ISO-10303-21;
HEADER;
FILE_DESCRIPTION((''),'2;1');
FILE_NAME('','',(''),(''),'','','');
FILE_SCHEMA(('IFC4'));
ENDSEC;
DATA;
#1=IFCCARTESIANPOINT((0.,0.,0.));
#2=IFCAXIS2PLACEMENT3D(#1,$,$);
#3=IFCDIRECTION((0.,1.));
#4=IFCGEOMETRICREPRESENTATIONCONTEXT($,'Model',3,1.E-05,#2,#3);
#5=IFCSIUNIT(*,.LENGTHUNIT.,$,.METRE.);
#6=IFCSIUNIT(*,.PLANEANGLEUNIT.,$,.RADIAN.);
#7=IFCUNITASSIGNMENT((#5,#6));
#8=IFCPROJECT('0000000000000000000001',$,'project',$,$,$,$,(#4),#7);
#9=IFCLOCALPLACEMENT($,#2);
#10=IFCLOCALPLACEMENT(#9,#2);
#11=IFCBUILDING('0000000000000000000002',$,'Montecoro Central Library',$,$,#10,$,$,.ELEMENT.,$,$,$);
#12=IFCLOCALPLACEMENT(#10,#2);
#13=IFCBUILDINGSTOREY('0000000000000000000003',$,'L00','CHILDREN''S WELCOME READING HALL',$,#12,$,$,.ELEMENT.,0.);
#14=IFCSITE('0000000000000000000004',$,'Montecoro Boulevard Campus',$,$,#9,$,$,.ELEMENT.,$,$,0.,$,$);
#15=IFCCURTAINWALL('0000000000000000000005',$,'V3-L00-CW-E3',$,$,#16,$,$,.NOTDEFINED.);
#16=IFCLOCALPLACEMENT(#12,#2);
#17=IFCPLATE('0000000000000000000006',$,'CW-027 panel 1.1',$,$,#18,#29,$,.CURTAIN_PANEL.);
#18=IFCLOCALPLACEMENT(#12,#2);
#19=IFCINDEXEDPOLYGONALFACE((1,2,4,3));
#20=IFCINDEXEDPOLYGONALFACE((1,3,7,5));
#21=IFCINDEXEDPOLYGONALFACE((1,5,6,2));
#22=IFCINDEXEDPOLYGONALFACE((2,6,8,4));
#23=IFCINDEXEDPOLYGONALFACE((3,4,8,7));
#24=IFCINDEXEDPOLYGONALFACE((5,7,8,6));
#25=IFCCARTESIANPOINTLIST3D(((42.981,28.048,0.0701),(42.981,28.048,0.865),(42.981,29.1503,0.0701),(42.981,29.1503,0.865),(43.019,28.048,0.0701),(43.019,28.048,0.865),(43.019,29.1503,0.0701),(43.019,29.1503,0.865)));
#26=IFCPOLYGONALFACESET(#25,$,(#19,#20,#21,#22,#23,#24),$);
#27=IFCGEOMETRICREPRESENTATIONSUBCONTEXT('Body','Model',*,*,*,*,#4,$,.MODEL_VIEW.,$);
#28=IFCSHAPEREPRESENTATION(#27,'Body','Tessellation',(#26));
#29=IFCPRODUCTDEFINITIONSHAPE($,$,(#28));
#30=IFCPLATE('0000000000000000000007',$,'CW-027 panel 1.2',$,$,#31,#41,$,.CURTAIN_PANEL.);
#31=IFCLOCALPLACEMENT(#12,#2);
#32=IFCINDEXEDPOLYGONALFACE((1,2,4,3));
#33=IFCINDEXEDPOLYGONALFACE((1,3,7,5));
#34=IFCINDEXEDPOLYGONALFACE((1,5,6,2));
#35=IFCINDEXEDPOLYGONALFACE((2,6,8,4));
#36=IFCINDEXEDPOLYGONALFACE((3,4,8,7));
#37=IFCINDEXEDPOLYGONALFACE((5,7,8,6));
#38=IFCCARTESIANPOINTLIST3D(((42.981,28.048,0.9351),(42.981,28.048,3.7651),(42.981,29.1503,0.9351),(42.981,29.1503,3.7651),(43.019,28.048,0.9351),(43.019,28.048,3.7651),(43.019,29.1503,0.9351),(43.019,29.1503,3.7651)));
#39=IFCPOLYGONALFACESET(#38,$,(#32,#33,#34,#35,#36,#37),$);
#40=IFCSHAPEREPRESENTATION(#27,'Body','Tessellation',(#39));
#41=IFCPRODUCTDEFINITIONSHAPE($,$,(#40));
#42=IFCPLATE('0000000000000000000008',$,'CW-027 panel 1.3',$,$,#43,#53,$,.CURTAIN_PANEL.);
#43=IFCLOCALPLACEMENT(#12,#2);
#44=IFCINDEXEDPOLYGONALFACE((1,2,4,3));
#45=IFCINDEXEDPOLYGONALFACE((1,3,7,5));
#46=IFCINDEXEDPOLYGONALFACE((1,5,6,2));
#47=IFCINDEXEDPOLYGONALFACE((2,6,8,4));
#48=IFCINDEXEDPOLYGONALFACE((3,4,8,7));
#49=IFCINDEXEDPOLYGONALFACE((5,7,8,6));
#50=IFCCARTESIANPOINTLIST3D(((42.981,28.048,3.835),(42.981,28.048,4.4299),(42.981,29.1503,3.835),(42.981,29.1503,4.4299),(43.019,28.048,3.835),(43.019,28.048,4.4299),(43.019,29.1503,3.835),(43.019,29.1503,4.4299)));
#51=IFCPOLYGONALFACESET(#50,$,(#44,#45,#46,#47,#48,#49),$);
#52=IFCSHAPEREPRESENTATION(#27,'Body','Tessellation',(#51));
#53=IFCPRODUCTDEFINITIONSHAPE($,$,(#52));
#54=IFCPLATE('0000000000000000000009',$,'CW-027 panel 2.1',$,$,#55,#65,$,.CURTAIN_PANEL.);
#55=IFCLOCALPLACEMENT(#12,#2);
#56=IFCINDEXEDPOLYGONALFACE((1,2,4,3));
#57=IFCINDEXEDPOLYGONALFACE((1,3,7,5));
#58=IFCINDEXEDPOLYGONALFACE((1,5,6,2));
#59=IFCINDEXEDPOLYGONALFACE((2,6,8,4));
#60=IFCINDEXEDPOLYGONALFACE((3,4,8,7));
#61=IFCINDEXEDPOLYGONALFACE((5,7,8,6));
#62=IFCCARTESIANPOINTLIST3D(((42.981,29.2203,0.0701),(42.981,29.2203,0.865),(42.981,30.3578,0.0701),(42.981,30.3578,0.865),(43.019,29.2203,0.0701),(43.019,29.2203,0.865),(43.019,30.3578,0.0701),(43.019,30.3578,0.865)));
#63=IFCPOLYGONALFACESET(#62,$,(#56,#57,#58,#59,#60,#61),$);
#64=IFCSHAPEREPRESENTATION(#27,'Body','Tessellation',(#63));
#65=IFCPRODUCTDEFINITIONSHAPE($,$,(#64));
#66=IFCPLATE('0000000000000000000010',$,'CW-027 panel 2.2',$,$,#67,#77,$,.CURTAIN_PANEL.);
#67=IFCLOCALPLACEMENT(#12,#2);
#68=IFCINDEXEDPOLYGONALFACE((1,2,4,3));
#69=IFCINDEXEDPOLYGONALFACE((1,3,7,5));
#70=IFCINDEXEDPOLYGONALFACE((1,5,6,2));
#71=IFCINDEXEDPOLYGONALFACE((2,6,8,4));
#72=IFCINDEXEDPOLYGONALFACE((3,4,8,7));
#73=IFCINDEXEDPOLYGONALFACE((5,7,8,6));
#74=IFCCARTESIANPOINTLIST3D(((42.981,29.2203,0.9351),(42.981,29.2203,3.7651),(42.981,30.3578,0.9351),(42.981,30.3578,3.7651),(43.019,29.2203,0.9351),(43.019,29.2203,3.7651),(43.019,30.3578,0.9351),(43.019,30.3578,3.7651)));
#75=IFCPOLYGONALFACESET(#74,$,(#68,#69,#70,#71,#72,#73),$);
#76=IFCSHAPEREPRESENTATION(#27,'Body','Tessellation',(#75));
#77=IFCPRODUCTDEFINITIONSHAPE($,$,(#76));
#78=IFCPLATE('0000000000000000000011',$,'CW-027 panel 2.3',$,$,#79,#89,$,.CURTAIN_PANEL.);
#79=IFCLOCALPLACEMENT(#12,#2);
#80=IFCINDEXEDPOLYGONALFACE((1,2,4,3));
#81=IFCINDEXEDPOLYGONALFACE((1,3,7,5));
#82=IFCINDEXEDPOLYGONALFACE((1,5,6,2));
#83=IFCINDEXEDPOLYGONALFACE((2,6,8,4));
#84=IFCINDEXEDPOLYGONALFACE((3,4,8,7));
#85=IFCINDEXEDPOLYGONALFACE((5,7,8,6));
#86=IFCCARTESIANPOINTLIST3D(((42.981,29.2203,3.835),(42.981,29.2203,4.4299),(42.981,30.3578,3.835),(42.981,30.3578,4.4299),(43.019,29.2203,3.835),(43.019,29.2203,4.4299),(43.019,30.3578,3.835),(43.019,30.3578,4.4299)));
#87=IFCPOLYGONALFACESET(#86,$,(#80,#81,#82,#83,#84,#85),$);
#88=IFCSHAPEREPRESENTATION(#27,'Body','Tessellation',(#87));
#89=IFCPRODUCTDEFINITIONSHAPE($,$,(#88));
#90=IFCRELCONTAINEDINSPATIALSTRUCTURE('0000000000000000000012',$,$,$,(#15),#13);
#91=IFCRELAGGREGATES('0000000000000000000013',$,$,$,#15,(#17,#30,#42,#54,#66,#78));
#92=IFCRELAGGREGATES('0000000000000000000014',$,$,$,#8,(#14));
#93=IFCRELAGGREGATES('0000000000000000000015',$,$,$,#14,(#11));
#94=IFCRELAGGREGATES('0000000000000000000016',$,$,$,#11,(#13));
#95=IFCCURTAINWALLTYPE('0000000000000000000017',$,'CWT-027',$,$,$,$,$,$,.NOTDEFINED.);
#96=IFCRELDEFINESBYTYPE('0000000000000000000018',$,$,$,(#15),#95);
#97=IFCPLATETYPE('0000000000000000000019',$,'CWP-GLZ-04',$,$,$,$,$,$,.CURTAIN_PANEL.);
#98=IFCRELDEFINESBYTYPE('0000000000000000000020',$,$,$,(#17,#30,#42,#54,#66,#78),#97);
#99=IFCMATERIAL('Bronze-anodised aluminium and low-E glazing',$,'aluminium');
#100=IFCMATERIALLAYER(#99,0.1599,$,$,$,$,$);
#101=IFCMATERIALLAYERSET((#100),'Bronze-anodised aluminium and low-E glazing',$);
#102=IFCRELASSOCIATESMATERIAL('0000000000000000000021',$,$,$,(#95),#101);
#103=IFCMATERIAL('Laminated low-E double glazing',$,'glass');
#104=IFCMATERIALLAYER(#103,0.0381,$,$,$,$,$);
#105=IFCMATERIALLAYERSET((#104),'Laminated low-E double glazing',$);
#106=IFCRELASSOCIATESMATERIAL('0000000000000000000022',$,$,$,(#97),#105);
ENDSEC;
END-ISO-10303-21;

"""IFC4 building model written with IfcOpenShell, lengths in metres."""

from ifc_helpers import new_model, si_unit, direction, frame, origin, origin_2d, place, context, subcontext, project, spatial, rectangle, extrude, material, layer, layer_set, type_object, element, aggregate, save


model = new_model("IFC4")

# Units and contexts
model_context = context("Model", 3, precision=1e-05, world=origin(), true_north=direction((0.0, 1.0)))
body_context = subcontext(model_context, "Body", "Model", "MODEL_VIEW")
ifc_project = project(units=[si_unit("LENGTHUNIT", "METRE"), si_unit("PLANEANGLEUNIT", "RADIAN")], contexts=[model_context])

# Site, building, storey
site_placement = place(None, origin())
site = spatial("IfcSite", under=ifc_project, at=site_placement, Name="Montecoro Boulevard Campus", CompositionType="ELEMENT", RefElevation=0.0)
building_placement = place(site_placement, origin())
building = spatial("IfcBuilding", under=site, at=building_placement, Name="Montecoro Central Library", CompositionType="ELEMENT")
storey_placement = place(building_placement, origin())
storey = spatial("IfcBuildingStorey", under=building, at=storey_placement, Name="L00", Description="CHILDREN'S WELCOME READING HALL", CompositionType="ELEMENT", Elevation=0.0)

# Curtain wall, plates
ifc_material_1 = material(Name="Bronze-anodised aluminium and low-E glazing", Category="aluminium")
ifc_layer_1 = layer(ifc_material_1, 0.1599)
ifc_layer_set_1 = layer_set([ifc_layer_1], Name="Bronze-anodised aluminium and low-E glazing")
curtain_wall_type = type_object("IfcCurtainWallType", Name="CWT-027", PredefinedType="NOTDEFINED", material=ifc_layer_set_1)
curtain_wall_placement = place(storey_placement, origin())
curtain_wall = element("IfcCurtainWall", 1, at=curtain_wall_placement, inside=storey, type_object=curtain_wall_type, Name="V3-L00-CW-E3", PredefinedType="NOTDEFINED")
ifc_material_2 = material(Name="Laminated low-E double glazing", Category="glass")
ifc_layer_2 = layer(ifc_material_2, 0.0381)
ifc_layer_set_2 = layer_set([ifc_layer_2], Name="Laminated low-E double glazing")
plate_type = type_object("IfcPlateType", Name="CWP-GLZ-04", PredefinedType="CURTAIN_PANEL", material=ifc_layer_set_2)
plate_1_placement = place(storey_placement, frame((43.0, 28.5991, 0.0701), z_axis=(0.0, 0.0, 1.0), x_axis=(0.0, 1.0, 0.0)))
plate_1 = element("IfcPlate", 2, at=plate_1_placement, type_object=plate_type, Name="CW-027 panel 1.1", PredefinedType="CURTAIN_PANEL", context=body_context, shape_type="SweptSolid", body=[
    extrude(rectangle(XDim=1.1023, YDim=0.0381, at=origin_2d()), origin(), (0.0, 0.0, 1.0), 0.7949),
])
plate_2_placement = place(storey_placement, frame((43.0, 28.5991, 0.9351), z_axis=(0.0, 0.0, 1.0), x_axis=(0.0, 1.0, 0.0)))
plate_2 = element("IfcPlate", 3, at=plate_2_placement, type_object=plate_type, Name="CW-027 panel 1.2", PredefinedType="CURTAIN_PANEL", context=body_context, shape_type="SweptSolid", body=[
    extrude(rectangle(XDim=1.1023, YDim=0.0381, at=origin_2d()), origin(), (0.0, 0.0, 1.0), 2.8301),
])
plate_3_placement = place(storey_placement, frame((43.0, 28.5991, 3.835), z_axis=(0.0, 0.0, 1.0), x_axis=(0.0, 1.0, 0.0)))
plate_3 = element("IfcPlate", 4, at=plate_3_placement, type_object=plate_type, Name="CW-027 panel 1.3", PredefinedType="CURTAIN_PANEL", context=body_context, shape_type="SweptSolid", body=[
    extrude(rectangle(XDim=1.1023, YDim=0.0381, at=origin_2d()), origin(), (0.0, 0.0, 1.0), 0.595),
])
plate_4_placement = place(storey_placement, frame((43.0, 29.7891, 0.0701), z_axis=(0.0, 0.0, 1.0), x_axis=(0.0, 1.0, 0.0)))
plate_4 = element("IfcPlate", 5, at=plate_4_placement, type_object=plate_type, Name="CW-027 panel 2.1", PredefinedType="CURTAIN_PANEL", context=body_context, shape_type="SweptSolid", body=[
    extrude(rectangle(XDim=1.1375, YDim=0.0381, at=origin_2d()), origin(), (0.0, 0.0, 1.0), 0.7949),
])
plate_5_placement = place(storey_placement, frame((43.0, 29.7891, 0.9351), z_axis=(0.0, 0.0, 1.0), x_axis=(0.0, 1.0, 0.0)))
plate_5 = element("IfcPlate", 6, at=plate_5_placement, type_object=plate_type, Name="CW-027 panel 2.2", PredefinedType="CURTAIN_PANEL", context=body_context, shape_type="SweptSolid", body=[
    extrude(rectangle(XDim=1.1375, YDim=0.0381, at=origin_2d()), origin(), (0.0, 0.0, 1.0), 2.8301),
])
plate_6_placement = place(storey_placement, frame((43.0, 29.7891, 3.835), z_axis=(0.0, 0.0, 1.0), x_axis=(0.0, 1.0, 0.0)))
plate_6 = element("IfcPlate", 7, at=plate_6_placement, type_object=plate_type, Name="CW-027 panel 2.3", PredefinedType="CURTAIN_PANEL", context=body_context, shape_type="SweptSolid", body=[
    extrude(rectangle(XDim=1.1375, YDim=0.0381, at=origin_2d()), origin(), (0.0, 0.0, 1.0), 0.595),
])
aggregate(curtain_wall, [plate_1, plate_2, plate_3, plate_4, plate_5, plate_6])

save(model, "model.ifc")
